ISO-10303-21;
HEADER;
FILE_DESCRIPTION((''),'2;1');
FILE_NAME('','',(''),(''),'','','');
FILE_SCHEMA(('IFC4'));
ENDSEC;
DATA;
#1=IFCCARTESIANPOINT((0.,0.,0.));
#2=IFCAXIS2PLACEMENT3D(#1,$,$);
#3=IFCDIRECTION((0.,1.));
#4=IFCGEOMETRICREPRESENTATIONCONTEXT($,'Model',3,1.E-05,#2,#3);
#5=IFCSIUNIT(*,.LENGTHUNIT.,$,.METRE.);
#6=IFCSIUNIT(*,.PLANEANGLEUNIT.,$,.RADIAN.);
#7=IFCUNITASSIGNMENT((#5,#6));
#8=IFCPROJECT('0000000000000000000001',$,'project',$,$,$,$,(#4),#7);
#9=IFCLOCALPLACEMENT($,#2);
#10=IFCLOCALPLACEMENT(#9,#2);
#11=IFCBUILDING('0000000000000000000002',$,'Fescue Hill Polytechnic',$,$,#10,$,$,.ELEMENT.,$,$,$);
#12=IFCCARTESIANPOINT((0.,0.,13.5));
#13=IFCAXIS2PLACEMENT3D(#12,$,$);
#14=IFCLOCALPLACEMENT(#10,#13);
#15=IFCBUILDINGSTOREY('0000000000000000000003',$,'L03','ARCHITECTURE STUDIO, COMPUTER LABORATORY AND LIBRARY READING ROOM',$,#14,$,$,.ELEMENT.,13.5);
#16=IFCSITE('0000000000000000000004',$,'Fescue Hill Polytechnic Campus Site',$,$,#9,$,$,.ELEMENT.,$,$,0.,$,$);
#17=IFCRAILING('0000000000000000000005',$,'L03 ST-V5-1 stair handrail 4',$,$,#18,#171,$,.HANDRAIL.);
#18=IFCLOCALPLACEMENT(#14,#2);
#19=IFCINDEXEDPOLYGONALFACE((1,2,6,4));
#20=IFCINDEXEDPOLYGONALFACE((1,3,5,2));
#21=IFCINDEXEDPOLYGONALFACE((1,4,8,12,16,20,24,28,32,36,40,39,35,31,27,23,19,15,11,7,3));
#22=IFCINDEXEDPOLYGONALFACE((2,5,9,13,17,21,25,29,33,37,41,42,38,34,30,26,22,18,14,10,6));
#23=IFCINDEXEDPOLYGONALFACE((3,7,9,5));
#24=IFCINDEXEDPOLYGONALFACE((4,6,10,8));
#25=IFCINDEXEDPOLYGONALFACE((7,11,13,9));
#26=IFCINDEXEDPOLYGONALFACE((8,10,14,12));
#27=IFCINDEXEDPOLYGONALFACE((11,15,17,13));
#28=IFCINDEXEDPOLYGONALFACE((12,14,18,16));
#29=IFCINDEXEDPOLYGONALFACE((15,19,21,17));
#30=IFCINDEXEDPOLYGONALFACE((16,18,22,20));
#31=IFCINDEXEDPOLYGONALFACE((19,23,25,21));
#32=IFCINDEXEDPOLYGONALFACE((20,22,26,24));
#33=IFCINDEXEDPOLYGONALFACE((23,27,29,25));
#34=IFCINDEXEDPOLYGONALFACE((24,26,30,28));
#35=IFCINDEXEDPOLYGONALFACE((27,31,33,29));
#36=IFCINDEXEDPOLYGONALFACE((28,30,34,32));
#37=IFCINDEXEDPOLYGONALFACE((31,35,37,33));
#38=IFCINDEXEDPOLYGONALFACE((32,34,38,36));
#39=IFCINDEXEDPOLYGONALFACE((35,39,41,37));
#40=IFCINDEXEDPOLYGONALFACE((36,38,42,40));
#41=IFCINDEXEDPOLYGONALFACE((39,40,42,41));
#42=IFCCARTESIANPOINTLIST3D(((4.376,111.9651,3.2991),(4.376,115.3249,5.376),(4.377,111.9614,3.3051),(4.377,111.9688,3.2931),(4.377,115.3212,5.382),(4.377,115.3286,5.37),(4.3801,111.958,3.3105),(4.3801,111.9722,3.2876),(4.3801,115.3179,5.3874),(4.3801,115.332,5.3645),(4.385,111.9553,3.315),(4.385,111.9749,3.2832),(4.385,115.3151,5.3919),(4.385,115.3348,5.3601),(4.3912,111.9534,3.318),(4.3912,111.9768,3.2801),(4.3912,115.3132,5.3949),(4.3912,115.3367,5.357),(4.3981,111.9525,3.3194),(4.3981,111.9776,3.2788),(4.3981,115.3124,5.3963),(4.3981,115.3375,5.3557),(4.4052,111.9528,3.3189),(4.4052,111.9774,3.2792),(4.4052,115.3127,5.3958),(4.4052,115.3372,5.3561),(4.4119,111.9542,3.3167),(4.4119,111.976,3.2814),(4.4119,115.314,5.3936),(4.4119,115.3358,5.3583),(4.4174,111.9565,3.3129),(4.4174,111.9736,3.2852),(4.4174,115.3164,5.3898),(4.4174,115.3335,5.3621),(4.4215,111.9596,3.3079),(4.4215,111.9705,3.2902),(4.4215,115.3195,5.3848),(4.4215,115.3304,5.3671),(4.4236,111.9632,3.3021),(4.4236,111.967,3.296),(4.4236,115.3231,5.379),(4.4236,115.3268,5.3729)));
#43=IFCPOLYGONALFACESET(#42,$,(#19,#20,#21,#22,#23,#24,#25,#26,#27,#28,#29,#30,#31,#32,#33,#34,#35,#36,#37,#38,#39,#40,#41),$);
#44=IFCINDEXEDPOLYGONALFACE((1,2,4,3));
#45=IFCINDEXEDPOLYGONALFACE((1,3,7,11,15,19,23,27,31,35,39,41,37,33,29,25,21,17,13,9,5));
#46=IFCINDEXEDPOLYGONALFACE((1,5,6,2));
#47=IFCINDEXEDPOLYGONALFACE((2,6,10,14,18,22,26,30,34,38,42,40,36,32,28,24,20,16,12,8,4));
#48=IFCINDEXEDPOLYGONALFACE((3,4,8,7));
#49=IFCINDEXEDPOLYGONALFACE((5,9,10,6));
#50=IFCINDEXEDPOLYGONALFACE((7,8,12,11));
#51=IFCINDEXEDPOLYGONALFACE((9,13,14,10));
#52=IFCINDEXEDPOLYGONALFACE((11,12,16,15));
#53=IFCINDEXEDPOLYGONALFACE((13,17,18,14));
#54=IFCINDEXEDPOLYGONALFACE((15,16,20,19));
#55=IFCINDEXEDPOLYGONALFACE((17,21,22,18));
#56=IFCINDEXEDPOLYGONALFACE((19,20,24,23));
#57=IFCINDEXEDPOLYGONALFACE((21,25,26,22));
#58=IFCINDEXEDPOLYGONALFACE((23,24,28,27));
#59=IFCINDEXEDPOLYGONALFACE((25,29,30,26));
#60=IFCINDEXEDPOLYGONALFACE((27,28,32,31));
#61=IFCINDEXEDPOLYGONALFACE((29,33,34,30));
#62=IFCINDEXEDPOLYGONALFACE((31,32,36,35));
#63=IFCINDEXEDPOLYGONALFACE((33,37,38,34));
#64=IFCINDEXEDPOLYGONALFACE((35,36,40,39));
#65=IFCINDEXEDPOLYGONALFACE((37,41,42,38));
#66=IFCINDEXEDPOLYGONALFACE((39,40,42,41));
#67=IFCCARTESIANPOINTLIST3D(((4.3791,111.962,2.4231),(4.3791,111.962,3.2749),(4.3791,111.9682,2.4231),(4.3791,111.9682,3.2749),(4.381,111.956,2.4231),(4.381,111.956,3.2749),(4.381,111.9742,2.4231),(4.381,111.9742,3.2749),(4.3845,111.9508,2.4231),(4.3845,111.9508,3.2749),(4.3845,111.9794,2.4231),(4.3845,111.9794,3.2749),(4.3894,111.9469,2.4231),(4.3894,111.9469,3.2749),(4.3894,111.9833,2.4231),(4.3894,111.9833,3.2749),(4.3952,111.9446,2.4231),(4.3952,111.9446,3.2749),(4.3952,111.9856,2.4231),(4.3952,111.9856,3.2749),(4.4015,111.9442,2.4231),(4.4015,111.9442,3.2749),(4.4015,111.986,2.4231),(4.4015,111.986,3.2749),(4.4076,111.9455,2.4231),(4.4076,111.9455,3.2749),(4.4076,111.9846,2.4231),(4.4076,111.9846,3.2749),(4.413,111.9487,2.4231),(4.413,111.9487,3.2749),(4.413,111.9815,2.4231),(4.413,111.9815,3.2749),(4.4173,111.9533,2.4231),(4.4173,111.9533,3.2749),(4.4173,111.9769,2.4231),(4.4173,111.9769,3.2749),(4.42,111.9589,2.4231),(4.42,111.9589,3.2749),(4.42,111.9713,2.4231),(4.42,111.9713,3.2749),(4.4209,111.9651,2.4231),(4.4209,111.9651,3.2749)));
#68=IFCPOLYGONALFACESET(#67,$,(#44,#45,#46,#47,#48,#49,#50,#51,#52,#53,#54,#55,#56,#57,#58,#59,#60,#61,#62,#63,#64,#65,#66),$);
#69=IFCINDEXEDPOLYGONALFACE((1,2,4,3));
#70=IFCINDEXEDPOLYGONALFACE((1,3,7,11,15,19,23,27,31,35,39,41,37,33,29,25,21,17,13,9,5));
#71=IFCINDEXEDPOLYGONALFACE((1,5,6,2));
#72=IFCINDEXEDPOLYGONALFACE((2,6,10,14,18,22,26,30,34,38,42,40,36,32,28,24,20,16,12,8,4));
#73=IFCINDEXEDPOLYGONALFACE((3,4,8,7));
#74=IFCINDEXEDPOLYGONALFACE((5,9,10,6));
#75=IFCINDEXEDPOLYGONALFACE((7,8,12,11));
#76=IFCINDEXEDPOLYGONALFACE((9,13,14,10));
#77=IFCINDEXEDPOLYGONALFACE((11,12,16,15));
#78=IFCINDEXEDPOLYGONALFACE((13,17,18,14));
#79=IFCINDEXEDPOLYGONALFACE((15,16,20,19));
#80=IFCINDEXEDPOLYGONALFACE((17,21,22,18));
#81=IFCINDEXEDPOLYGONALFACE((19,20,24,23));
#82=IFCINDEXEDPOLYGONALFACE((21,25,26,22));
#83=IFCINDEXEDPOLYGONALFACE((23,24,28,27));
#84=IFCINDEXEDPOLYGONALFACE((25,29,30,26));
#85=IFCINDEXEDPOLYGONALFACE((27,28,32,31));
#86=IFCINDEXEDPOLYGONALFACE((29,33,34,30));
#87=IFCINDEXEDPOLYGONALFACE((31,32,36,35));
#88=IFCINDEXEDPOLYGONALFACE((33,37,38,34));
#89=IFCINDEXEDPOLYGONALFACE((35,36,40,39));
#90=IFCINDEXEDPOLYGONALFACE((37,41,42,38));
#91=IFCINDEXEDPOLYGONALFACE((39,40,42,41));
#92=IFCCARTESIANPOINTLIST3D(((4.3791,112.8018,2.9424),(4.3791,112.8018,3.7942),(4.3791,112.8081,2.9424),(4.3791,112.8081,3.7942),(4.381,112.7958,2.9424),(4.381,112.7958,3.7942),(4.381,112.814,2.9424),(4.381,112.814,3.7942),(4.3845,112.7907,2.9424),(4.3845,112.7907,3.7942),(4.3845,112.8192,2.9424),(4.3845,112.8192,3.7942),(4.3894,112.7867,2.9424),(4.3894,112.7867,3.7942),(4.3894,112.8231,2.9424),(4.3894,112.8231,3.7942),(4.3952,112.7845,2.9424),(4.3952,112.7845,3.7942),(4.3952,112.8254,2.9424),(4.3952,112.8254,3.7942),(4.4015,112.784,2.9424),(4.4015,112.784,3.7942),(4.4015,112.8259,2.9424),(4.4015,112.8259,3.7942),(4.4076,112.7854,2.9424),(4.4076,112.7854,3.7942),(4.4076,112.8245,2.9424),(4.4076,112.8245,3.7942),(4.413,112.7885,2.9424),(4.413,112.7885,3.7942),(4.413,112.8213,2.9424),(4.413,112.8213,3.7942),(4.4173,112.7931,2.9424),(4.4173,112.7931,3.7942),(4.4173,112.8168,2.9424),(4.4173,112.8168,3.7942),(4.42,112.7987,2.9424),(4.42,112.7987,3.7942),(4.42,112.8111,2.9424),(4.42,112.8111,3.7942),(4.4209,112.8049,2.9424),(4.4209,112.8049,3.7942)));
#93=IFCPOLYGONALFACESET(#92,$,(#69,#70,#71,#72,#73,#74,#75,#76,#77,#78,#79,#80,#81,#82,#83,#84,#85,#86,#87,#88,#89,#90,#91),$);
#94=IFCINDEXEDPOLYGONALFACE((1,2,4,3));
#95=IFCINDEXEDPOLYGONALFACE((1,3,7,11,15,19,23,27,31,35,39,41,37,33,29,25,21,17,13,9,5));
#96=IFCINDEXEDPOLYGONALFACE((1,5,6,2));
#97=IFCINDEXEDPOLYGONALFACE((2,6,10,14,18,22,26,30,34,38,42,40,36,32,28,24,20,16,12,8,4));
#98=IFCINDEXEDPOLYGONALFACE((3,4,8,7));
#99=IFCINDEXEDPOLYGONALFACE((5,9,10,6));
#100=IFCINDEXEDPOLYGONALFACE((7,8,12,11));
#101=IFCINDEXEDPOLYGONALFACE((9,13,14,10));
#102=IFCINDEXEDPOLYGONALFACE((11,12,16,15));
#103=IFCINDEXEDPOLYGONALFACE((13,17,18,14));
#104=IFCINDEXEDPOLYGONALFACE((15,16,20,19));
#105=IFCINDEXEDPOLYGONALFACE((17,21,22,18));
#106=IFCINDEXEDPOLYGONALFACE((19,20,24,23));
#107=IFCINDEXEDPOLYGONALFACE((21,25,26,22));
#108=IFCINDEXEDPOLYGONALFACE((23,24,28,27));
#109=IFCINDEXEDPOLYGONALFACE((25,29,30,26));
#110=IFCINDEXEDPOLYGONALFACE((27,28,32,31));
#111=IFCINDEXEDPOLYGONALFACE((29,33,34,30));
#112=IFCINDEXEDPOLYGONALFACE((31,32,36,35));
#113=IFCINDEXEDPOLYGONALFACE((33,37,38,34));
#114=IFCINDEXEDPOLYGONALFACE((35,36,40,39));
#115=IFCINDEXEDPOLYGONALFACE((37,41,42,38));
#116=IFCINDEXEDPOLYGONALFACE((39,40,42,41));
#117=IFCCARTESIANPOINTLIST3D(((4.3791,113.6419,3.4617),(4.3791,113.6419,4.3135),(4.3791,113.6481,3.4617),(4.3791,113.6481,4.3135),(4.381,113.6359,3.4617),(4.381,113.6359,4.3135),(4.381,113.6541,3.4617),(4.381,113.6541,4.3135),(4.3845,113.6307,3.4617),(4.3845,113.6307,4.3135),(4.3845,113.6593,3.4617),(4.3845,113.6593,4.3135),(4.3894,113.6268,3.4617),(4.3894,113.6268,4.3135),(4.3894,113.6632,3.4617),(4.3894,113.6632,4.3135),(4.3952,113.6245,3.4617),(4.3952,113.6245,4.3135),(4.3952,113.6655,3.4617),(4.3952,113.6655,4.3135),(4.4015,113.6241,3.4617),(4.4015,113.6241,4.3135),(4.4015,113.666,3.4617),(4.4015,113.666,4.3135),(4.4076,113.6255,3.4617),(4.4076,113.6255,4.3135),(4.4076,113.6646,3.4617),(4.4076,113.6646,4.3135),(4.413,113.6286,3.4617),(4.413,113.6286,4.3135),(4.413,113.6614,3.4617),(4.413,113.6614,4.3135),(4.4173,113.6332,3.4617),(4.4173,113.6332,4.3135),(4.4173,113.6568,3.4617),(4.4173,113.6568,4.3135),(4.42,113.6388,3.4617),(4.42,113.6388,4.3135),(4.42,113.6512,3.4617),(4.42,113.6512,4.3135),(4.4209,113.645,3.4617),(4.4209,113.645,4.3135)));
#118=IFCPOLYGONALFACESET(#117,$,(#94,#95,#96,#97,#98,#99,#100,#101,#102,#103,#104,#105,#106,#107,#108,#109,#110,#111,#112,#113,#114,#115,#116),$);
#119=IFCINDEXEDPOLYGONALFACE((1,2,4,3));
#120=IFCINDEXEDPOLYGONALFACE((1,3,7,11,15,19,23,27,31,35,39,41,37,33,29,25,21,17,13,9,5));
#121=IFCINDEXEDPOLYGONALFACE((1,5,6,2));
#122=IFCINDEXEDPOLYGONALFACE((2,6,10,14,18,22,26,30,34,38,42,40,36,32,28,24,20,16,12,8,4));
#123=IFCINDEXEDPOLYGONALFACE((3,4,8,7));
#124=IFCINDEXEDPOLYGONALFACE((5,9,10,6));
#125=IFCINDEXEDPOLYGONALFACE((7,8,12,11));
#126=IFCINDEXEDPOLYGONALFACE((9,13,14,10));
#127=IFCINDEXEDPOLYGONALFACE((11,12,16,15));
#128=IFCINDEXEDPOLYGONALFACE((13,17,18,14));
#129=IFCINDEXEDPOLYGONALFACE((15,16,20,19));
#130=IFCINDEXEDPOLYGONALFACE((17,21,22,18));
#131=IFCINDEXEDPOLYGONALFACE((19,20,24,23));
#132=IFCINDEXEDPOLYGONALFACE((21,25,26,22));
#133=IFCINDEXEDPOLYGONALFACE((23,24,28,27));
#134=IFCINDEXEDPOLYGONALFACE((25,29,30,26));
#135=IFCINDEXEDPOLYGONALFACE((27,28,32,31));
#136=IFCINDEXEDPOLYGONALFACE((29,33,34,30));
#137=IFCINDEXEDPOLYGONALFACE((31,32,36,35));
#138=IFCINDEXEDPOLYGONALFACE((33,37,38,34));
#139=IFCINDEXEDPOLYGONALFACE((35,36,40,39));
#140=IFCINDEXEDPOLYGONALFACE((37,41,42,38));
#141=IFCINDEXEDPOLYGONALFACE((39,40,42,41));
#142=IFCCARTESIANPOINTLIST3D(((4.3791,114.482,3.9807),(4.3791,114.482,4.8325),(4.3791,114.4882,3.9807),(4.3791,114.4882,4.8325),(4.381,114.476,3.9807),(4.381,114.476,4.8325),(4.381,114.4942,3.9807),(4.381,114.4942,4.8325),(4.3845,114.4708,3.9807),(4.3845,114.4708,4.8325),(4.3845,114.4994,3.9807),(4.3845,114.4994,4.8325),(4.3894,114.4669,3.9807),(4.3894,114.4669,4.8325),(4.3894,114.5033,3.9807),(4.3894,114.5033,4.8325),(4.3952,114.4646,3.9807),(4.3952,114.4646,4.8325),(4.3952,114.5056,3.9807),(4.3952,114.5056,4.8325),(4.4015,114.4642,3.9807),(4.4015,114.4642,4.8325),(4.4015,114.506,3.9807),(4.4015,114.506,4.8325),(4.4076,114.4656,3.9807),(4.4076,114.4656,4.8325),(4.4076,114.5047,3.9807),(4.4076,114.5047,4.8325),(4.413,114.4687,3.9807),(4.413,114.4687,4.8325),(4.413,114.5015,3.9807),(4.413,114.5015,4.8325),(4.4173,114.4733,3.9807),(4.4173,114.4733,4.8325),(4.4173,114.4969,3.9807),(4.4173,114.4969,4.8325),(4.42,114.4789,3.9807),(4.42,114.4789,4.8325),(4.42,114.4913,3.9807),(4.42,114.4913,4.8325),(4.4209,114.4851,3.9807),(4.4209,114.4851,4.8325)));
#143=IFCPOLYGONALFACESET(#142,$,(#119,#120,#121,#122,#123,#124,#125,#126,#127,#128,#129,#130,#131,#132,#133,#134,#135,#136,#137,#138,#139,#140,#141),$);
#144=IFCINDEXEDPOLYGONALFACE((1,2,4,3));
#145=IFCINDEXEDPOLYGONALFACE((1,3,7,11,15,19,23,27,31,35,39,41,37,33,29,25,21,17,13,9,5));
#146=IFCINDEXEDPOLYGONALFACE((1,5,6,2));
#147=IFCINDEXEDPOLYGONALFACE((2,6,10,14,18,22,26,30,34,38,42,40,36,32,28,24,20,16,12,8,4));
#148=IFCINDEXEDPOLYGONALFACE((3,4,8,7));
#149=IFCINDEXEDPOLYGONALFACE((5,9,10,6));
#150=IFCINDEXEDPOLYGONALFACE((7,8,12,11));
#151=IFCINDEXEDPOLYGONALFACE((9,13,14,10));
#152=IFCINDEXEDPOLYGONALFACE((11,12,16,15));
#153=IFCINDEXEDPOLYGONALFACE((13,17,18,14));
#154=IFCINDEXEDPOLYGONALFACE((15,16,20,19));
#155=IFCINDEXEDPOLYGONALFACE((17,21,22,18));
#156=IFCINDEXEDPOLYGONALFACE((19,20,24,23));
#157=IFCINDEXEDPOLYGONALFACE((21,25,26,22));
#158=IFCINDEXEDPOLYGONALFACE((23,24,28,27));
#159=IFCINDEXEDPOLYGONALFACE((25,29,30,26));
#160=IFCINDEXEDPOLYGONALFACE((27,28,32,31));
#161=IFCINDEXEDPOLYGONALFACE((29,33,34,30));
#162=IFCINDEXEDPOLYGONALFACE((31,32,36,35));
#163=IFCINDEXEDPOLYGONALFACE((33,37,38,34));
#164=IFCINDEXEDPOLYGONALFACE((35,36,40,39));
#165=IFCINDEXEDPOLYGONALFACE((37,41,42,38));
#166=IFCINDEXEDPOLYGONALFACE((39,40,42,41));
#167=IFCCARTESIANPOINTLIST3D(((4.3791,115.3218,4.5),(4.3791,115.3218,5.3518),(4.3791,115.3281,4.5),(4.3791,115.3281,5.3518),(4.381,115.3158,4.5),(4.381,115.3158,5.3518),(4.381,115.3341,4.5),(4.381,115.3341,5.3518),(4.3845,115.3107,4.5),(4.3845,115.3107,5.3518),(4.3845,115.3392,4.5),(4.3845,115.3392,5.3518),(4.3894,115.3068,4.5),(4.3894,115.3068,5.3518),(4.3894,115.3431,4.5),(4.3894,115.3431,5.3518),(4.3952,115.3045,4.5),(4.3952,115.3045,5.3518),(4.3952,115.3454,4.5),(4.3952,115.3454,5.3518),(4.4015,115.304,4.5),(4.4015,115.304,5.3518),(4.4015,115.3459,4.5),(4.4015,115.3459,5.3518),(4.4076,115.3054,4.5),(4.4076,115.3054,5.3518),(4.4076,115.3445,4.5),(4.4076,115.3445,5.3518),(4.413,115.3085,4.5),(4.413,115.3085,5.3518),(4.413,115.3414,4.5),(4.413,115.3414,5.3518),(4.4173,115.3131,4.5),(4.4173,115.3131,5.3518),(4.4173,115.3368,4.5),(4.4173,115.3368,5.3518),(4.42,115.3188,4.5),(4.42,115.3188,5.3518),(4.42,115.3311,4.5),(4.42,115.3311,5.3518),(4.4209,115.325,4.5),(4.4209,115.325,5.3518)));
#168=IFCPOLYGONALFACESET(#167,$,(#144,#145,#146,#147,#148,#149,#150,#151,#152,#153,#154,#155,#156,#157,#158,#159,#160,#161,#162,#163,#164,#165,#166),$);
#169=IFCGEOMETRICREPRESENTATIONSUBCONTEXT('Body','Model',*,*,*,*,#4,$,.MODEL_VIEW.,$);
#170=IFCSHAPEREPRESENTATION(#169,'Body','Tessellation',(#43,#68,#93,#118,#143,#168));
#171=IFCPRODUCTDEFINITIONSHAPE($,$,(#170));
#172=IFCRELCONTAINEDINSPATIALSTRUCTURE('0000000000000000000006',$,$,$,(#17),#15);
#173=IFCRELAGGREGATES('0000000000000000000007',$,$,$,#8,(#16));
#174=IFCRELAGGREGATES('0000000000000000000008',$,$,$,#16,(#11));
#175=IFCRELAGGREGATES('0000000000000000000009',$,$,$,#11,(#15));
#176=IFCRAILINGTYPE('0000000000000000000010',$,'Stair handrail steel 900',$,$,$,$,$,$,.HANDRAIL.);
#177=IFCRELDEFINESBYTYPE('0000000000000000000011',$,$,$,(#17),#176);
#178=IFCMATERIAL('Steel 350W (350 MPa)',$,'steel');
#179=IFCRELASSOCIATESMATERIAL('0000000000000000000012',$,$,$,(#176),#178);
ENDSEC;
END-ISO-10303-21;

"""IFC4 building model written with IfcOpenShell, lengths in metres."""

from ifc_helpers import new_model, si_unit, direction, frame, origin, origin_2d, place, context, subcontext, project, spatial, circle, extrude, material, type_object, element, save


model = new_model("IFC4")

# Units and contexts
model_context = context("Model", 3, precision=1e-05, world=origin(), true_north=direction((0.0, 1.0)))
body_context = subcontext(model_context, "Body", "Model", "MODEL_VIEW")
ifc_project = project(units=[si_unit("LENGTHUNIT", "METRE"), si_unit("PLANEANGLEUNIT", "RADIAN")], contexts=[model_context])

# Site, building, storey
site_placement = place(None, origin())
site = spatial("IfcSite", under=ifc_project, at=site_placement, Name="Fescue Hill Polytechnic Campus Site", CompositionType="ELEMENT", RefElevation=0.0)
building_placement = place(site_placement, origin())
building = spatial("IfcBuilding", under=site, at=building_placement, Name="Fescue Hill Polytechnic", CompositionType="ELEMENT")
storey_placement = place(building_placement, frame((0.0, 0.0, 13.5)))
storey = spatial("IfcBuildingStorey", under=building, at=storey_placement, Name="L03", Description="ARCHITECTURE STUDIO, COMPUTER LABORATORY AND LIBRARY READING ROOM", CompositionType="ELEMENT", Elevation=13.5)

# Railing
ifc_material_1 = material(Name="Steel 350W (350 MPa)", Category="steel")
railing_type_1 = type_object("IfcRailingType", Name="Stair handrail steel 900", PredefinedType="HANDRAIL", material=ifc_material_1)
railing_1_placement = place(storey_placement, frame((4.3999, 111.9651, 2.4231)))
element("IfcRailing", 1, at=railing_1_placement, inside=storey, type_object=railing_type_1, Name="L03 ST-V5-1 stair handrail 4", PredefinedType="HANDRAIL", context=body_context, shape_type="SweptSolid", body=[
    extrude(circle(Radius=0.0239, at=origin_2d()), frame((0.0, 0.0, 0.876), z_axis=(0.0, 0.850606, 0.525803), x_axis=(-1.0, 0.0, 0.0)), (0.0, 0.0, 1.0), 3.95),
    extrude(circle(Radius=0.021, at=origin_2d()), origin(), (0.0, 0.0, 1.0), 0.8518),
    extrude(circle(Radius=0.021, at=origin_2d()), frame((0.0, 0.8398, 0.5193)), (0.0, 0.0, 1.0), 0.8518),
    extrude(circle(Radius=0.021, at=origin_2d()), frame((0.0, 1.6799, 1.0386)), (0.0, 0.0, 1.0), 0.8518),
    extrude(circle(Radius=0.021, at=origin_2d()), frame((0.0, 2.52, 1.5576)), (0.0, 0.0, 1.0), 0.8518),
    extrude(circle(Radius=0.021, at=origin_2d()), frame((0.0, 3.3599, 2.0769)), (0.0, 0.0, 1.0), 0.8518),
])

save(model, "model.ifc")
